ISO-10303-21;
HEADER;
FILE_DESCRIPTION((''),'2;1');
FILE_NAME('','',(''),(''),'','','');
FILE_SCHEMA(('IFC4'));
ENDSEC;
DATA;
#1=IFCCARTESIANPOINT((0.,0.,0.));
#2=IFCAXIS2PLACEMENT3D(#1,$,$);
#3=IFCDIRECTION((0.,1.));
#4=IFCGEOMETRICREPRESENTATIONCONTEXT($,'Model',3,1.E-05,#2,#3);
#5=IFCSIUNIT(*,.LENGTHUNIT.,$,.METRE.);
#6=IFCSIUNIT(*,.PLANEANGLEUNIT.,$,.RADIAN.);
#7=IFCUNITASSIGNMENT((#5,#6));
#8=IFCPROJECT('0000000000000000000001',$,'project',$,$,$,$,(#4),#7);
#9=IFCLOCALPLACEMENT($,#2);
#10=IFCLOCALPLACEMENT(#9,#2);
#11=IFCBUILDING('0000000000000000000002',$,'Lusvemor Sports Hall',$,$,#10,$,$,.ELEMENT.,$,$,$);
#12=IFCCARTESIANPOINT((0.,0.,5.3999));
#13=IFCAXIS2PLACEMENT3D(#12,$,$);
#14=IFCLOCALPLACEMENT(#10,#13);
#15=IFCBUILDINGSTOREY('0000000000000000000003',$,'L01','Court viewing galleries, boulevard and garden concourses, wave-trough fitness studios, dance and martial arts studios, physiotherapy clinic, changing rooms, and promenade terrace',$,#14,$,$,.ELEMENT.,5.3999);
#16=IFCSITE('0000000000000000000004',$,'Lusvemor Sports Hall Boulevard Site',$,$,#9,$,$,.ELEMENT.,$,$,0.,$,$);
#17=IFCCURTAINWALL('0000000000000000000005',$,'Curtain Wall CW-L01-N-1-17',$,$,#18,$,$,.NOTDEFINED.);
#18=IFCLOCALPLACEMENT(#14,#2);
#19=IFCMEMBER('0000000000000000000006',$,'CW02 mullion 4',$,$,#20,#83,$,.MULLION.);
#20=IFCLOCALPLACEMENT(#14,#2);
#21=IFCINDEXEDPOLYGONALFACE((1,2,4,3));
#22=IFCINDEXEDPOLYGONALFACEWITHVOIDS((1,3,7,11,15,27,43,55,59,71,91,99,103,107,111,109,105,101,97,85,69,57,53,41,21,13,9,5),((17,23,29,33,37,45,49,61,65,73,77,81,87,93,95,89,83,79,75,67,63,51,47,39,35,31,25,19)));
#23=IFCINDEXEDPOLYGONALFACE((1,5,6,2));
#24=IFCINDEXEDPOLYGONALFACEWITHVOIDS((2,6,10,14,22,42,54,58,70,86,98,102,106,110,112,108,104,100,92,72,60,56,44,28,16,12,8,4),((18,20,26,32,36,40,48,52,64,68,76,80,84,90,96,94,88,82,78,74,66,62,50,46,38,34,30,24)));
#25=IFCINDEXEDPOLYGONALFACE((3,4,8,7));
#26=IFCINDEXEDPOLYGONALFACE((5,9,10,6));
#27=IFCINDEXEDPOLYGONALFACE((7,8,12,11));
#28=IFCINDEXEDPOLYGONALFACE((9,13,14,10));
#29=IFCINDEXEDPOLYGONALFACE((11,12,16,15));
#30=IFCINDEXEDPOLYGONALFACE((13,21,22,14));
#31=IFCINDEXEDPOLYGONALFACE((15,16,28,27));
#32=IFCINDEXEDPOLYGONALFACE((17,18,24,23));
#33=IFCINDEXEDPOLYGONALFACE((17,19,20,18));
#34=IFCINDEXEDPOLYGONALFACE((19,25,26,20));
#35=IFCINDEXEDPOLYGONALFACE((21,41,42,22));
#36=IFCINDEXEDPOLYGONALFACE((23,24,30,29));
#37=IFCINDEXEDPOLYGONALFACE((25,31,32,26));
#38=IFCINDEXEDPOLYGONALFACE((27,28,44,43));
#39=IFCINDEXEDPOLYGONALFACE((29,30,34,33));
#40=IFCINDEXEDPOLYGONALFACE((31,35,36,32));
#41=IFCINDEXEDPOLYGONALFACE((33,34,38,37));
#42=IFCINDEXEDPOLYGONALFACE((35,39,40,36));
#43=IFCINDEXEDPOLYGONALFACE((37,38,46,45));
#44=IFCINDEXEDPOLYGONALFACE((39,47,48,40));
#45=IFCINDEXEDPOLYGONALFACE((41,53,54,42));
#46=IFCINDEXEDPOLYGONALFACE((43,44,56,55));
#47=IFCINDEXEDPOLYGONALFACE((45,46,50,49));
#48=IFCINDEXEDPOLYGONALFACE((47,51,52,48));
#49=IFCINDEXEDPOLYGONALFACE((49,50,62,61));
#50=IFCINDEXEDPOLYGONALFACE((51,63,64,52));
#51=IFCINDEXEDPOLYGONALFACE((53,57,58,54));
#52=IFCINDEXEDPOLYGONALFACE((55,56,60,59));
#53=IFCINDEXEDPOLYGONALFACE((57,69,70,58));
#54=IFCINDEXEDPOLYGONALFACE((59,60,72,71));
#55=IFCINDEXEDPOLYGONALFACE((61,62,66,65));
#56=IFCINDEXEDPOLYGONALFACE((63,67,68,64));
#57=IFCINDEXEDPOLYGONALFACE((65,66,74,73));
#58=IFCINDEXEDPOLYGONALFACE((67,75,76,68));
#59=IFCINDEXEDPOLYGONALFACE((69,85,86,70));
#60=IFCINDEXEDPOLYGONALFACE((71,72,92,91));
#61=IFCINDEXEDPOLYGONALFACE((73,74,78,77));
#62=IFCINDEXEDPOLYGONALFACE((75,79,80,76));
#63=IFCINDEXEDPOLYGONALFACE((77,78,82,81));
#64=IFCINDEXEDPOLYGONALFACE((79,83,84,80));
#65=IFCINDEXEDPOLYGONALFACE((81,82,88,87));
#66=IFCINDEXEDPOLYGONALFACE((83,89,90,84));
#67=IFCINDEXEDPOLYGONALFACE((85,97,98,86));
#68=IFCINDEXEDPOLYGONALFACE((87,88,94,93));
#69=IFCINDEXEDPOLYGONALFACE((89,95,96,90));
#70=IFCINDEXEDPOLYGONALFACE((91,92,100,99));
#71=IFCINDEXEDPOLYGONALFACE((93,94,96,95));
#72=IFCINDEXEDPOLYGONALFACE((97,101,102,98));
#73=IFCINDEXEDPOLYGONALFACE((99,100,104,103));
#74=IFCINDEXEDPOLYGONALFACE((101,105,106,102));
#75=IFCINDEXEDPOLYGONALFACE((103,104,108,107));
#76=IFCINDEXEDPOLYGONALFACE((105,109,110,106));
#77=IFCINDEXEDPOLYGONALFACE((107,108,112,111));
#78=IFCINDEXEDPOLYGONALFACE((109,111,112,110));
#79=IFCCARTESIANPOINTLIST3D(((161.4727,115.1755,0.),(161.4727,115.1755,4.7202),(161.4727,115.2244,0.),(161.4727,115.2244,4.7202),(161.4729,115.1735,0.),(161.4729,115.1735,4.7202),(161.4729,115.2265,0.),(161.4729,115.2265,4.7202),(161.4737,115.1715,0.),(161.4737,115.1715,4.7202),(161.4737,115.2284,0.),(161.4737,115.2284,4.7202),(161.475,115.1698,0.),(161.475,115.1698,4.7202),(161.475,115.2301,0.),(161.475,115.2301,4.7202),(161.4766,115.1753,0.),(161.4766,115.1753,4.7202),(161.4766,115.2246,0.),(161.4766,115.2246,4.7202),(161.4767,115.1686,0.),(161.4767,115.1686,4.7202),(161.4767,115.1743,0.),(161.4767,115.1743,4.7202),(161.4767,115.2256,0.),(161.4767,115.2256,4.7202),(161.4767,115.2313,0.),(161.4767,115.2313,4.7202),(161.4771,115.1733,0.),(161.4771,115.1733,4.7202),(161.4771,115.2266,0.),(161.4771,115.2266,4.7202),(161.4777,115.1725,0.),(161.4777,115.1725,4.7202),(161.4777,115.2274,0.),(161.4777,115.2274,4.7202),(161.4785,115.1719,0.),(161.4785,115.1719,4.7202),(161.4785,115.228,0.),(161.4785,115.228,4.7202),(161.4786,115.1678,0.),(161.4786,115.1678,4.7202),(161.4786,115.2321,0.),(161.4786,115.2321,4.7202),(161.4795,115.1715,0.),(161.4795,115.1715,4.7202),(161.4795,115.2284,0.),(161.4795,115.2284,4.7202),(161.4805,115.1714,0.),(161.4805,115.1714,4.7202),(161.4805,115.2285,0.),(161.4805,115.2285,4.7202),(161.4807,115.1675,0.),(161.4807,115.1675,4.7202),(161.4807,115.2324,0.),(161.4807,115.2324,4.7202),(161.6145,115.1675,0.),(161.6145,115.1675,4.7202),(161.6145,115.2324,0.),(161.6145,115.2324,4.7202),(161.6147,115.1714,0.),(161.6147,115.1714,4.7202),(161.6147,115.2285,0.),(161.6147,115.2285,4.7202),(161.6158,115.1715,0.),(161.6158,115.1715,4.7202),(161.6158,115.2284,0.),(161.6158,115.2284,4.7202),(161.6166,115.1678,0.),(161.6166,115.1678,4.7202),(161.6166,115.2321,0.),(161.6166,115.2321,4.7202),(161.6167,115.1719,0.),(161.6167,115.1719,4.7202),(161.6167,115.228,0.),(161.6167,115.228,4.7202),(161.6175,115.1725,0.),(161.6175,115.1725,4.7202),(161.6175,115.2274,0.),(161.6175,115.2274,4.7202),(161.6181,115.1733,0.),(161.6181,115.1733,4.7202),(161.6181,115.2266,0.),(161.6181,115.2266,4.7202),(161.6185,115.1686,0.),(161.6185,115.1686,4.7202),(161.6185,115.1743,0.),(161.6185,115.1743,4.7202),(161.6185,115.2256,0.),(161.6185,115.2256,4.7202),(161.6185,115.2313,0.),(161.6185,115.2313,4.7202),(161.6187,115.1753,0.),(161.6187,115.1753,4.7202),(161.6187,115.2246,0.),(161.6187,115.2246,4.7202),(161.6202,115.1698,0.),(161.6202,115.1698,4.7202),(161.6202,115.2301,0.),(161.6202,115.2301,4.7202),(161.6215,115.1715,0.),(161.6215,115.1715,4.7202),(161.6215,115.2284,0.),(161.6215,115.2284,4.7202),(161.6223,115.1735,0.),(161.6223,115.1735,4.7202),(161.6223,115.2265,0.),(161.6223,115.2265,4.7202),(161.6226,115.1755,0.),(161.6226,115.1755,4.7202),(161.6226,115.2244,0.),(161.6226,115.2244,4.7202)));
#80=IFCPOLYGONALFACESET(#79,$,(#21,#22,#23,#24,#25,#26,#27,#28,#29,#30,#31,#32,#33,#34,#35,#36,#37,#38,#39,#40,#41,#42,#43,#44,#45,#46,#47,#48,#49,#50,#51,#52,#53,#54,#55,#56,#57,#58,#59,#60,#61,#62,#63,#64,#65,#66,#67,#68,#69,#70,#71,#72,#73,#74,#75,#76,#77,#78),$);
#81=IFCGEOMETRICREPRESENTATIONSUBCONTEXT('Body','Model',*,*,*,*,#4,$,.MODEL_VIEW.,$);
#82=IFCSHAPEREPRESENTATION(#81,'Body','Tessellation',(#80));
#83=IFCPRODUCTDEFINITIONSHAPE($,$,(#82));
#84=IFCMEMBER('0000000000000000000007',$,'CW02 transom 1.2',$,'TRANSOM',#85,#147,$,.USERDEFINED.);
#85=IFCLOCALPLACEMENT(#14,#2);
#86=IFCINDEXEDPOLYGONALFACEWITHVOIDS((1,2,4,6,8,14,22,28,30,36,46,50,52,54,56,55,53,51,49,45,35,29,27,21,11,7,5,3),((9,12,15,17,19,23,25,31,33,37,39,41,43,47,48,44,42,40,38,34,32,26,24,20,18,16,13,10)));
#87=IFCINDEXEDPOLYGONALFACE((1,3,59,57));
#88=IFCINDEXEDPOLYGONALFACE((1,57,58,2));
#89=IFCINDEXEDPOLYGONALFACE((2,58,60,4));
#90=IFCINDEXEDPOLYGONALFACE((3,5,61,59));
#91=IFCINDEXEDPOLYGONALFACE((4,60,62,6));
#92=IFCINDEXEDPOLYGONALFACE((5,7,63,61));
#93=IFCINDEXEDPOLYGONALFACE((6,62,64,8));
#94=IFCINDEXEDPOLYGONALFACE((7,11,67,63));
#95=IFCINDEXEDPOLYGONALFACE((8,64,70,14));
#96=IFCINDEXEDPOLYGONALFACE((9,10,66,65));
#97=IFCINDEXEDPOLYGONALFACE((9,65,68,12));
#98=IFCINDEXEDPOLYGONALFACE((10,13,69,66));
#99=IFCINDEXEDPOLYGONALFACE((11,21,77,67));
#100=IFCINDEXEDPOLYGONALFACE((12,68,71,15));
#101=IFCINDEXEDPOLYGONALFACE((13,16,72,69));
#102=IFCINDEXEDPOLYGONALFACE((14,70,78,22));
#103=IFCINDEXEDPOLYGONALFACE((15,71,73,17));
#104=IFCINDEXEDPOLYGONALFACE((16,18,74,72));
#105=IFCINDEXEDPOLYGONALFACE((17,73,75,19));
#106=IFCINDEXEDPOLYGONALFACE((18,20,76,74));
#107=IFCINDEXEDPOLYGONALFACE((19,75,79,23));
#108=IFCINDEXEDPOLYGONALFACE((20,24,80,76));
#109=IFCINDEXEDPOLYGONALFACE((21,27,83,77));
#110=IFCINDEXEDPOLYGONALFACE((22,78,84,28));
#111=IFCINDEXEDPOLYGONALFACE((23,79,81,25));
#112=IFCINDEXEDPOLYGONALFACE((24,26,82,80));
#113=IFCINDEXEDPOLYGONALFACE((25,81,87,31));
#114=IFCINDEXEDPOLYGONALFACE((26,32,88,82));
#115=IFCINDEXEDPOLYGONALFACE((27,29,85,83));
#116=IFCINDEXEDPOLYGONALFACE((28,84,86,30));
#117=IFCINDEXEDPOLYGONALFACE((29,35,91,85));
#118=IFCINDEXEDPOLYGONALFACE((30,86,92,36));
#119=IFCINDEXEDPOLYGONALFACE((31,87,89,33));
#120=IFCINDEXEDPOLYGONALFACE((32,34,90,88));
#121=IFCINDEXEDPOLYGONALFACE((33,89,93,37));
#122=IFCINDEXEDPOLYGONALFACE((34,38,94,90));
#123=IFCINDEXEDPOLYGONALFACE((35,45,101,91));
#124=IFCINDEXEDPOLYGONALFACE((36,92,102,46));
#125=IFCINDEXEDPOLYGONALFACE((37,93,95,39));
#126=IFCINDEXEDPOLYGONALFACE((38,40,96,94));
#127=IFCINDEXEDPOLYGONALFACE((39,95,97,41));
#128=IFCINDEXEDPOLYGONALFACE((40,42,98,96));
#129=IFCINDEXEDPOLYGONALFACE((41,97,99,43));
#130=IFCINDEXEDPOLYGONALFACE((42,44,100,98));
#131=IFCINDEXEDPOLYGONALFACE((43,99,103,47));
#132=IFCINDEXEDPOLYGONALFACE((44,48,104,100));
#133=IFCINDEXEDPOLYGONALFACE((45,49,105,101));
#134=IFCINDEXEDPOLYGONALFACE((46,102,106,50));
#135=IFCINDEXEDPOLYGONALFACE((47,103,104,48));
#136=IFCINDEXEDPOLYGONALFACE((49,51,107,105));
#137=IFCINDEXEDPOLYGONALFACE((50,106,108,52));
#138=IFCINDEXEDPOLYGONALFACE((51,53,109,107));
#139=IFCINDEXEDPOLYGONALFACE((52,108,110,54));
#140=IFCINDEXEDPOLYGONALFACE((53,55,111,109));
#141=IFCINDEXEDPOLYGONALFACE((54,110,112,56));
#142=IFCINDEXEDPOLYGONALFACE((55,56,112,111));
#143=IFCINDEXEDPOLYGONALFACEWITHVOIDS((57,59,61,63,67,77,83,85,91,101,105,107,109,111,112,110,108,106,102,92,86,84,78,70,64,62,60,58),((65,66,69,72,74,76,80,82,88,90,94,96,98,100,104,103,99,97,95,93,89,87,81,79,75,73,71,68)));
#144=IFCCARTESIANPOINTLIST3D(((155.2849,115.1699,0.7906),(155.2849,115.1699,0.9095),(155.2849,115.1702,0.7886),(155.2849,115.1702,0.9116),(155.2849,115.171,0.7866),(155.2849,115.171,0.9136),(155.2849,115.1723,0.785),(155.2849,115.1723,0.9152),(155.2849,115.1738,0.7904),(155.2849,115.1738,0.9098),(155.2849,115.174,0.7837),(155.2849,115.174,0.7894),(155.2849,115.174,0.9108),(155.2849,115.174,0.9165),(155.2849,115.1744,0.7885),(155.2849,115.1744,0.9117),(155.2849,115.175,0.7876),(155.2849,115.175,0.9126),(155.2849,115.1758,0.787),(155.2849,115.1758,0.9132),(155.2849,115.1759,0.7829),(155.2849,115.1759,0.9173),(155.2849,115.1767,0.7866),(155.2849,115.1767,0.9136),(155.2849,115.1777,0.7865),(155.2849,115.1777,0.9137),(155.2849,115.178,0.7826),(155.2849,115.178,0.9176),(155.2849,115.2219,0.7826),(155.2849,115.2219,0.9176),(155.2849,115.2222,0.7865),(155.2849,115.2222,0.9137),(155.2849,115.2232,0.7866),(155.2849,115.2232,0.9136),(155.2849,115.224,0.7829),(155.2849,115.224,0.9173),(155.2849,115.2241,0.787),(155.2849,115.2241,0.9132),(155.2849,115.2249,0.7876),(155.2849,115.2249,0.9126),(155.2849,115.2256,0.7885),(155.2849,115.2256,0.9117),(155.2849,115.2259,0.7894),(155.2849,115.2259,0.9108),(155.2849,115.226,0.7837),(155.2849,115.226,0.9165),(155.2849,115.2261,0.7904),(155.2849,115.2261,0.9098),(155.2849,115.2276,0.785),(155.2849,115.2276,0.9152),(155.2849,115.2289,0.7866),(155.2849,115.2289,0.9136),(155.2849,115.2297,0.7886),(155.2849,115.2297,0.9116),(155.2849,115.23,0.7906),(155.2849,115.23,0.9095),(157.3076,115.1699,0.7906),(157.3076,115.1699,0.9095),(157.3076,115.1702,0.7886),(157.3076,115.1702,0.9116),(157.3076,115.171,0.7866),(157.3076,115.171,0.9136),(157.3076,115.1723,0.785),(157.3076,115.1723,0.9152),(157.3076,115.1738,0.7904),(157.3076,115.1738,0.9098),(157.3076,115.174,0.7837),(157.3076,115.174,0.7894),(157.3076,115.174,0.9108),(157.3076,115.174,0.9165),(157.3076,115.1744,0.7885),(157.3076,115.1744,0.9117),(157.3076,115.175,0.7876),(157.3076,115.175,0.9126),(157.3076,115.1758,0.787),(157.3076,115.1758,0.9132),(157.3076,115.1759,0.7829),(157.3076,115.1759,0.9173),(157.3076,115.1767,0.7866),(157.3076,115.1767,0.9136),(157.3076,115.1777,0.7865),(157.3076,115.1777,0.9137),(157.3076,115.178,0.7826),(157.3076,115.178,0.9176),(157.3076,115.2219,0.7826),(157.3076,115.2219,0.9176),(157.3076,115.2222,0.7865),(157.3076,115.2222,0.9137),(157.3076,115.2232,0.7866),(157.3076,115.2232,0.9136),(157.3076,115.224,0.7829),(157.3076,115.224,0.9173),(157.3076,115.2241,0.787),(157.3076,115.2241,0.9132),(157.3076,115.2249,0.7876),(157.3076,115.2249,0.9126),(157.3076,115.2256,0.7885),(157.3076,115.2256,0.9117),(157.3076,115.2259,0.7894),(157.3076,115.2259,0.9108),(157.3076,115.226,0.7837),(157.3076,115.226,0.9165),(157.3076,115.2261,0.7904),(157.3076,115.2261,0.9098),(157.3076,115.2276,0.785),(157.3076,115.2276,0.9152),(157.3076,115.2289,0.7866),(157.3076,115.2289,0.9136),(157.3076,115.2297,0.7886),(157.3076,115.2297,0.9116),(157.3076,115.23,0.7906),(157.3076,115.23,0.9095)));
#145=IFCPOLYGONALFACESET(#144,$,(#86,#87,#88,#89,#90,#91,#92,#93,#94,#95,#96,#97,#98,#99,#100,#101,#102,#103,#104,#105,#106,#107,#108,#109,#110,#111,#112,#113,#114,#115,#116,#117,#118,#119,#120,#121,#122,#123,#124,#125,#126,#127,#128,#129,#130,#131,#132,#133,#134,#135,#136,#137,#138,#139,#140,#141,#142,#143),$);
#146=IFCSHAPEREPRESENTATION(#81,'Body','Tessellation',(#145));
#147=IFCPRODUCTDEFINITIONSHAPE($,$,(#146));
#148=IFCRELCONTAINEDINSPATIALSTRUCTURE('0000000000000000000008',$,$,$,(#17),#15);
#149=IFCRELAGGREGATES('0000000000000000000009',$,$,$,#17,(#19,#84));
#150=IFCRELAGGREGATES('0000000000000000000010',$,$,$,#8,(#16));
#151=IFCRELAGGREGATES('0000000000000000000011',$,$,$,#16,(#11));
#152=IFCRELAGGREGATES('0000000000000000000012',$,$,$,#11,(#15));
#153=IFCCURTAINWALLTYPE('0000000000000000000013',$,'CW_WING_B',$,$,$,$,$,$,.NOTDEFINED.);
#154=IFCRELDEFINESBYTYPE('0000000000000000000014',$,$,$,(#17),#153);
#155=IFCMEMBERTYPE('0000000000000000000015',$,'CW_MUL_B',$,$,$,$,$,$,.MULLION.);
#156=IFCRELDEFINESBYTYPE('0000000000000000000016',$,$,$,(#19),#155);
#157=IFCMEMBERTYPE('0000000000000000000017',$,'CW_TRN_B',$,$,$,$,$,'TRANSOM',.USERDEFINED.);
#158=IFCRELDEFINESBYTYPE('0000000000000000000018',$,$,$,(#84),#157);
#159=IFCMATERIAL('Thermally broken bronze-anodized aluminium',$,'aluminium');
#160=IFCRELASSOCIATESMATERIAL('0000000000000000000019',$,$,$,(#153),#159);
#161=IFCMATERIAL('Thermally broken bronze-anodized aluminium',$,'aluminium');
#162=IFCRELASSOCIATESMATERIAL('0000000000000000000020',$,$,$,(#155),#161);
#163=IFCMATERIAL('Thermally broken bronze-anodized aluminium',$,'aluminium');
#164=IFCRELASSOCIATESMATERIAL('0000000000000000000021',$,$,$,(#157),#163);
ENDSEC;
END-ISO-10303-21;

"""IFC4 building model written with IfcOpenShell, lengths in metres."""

from ifc_helpers import new_model, si_unit, direction, frame, origin, origin_2d, place, context, subcontext, project, spatial, hollow_rectangle, extrude, material, material_profile, profile_set, type_object, element, aggregate, save


model = new_model("IFC4")

# Units and contexts
model_context = context("Model", 3, precision=1e-05, world=origin(), true_north=direction((0.0, 1.0)))
body_context = subcontext(model_context, "Body", "Model", "MODEL_VIEW")
ifc_project = project(units=[si_unit("LENGTHUNIT", "METRE"), si_unit("PLANEANGLEUNIT", "RADIAN")], contexts=[model_context])

# Site, building, storey
site_placement = place(None, origin())
site = spatial("IfcSite", under=ifc_project, at=site_placement, Name="Lusvemor Sports Hall Boulevard Site", CompositionType="ELEMENT", RefElevation=0.0)
building_placement = place(site_placement, origin())
building = spatial("IfcBuilding", under=site, at=building_placement, Name="Lusvemor Sports Hall", CompositionType="ELEMENT")
storey_placement = place(building_placement, frame((0.0, 0.0, 5.3999)))
storey = spatial("IfcBuildingStorey", under=building, at=storey_placement, Name="L01", Description="Court viewing galleries, boulevard and garden concourses, wave-trough fitness studios, dance and martial arts studios, physiotherapy clinic, changing rooms, and promenade terrace", CompositionType="ELEMENT", Elevation=5.3999)

# Curtain wall, members
ifc_material_1 = material(Name="Thermally broken bronze-anodized aluminium", Category="aluminium")
curtain_wall_type = type_object("IfcCurtainWallType", Name="CW_WING_B", PredefinedType="NOTDEFINED", material=ifc_material_1)
curtain_wall_placement = place(storey_placement, origin())
curtain_wall = element("IfcCurtainWall", 1, at=curtain_wall_placement, inside=storey, type_object=curtain_wall_type, Name="Curtain Wall CW-L01-N-1-17", PredefinedType="NOTDEFINED")
ifc_material_2 = material(Name="Thermally broken bronze-anodized aluminium", Category="aluminium")
ifc_material_profile_1 = material_profile(ifc_material_2, hollow_rectangle(XDim=0.0649, YDim=0.1499, WallThickness=0.0039, InnerFilletRadius=0.0039, OuterFilletRadius=0.0081, at=origin_2d()), Name="CWMUL150x65x4")
ifc_profile_set_1 = profile_set([ifc_material_profile_1], Name="Thermally broken bronze-anodized aluminium")
member_type_1 = type_object("IfcMemberType", Name="CW_MUL_B", PredefinedType="MULLION", material=ifc_profile_set_1)
member_1_placement = place(storey_placement, frame((161.5476, 115.2, 0.0), z_axis=(0.0, 0.0, 1.0), x_axis=(0.0, 1.0, 0.0)))
member_1 = element("IfcMember", 2, at=member_1_placement, type_object=member_type_1, Name="CW02 mullion 4", PredefinedType="MULLION", context=body_context, shape_type="SweptSolid", body=[
    extrude(hollow_rectangle(XDim=0.0649, YDim=0.1499, WallThickness=0.0039, InnerFilletRadius=0.0039, OuterFilletRadius=0.0081, at=origin_2d()), origin(), (0.0, 0.0, 1.0), 4.7202),
])
ifc_material_3 = material(Name="Thermally broken bronze-anodized aluminium", Category="aluminium")
ifc_material_profile_2 = material_profile(ifc_material_3, hollow_rectangle(XDim=0.0601, YDim=0.135, WallThickness=0.0039, InnerFilletRadius=0.0039, OuterFilletRadius=0.0081, at=origin_2d()), Name="CWTRN135x60x4")
ifc_profile_set_2 = profile_set([ifc_material_profile_2], Name="Thermally broken bronze-anodized aluminium")
member_type_2 = type_object("IfcMemberType", Name="CW_TRN_B", ElementType="TRANSOM", PredefinedType="USERDEFINED", material=ifc_profile_set_2)
member_2_placement = place(storey_placement, frame((155.2849, 115.2, 0.8501), z_axis=(1.0, 0.0, 0.0), x_axis=(0.0, 1.0, 0.0)))
member_2 = element("IfcMember", 3, at=member_2_placement, type_object=member_type_2, Name="CW02 transom 1.2", ObjectType="TRANSOM", PredefinedType="USERDEFINED", context=body_context, shape_type="SweptSolid", body=[
    extrude(hollow_rectangle(XDim=0.0601, YDim=0.135, WallThickness=0.0039, InnerFilletRadius=0.0039, OuterFilletRadius=0.0081, at=origin_2d()), origin(), (0.0, 0.0, 1.0), 2.0227),
])

aggregate(curtain_wall, [member_1, member_2])

save(model, "model.ifc")
